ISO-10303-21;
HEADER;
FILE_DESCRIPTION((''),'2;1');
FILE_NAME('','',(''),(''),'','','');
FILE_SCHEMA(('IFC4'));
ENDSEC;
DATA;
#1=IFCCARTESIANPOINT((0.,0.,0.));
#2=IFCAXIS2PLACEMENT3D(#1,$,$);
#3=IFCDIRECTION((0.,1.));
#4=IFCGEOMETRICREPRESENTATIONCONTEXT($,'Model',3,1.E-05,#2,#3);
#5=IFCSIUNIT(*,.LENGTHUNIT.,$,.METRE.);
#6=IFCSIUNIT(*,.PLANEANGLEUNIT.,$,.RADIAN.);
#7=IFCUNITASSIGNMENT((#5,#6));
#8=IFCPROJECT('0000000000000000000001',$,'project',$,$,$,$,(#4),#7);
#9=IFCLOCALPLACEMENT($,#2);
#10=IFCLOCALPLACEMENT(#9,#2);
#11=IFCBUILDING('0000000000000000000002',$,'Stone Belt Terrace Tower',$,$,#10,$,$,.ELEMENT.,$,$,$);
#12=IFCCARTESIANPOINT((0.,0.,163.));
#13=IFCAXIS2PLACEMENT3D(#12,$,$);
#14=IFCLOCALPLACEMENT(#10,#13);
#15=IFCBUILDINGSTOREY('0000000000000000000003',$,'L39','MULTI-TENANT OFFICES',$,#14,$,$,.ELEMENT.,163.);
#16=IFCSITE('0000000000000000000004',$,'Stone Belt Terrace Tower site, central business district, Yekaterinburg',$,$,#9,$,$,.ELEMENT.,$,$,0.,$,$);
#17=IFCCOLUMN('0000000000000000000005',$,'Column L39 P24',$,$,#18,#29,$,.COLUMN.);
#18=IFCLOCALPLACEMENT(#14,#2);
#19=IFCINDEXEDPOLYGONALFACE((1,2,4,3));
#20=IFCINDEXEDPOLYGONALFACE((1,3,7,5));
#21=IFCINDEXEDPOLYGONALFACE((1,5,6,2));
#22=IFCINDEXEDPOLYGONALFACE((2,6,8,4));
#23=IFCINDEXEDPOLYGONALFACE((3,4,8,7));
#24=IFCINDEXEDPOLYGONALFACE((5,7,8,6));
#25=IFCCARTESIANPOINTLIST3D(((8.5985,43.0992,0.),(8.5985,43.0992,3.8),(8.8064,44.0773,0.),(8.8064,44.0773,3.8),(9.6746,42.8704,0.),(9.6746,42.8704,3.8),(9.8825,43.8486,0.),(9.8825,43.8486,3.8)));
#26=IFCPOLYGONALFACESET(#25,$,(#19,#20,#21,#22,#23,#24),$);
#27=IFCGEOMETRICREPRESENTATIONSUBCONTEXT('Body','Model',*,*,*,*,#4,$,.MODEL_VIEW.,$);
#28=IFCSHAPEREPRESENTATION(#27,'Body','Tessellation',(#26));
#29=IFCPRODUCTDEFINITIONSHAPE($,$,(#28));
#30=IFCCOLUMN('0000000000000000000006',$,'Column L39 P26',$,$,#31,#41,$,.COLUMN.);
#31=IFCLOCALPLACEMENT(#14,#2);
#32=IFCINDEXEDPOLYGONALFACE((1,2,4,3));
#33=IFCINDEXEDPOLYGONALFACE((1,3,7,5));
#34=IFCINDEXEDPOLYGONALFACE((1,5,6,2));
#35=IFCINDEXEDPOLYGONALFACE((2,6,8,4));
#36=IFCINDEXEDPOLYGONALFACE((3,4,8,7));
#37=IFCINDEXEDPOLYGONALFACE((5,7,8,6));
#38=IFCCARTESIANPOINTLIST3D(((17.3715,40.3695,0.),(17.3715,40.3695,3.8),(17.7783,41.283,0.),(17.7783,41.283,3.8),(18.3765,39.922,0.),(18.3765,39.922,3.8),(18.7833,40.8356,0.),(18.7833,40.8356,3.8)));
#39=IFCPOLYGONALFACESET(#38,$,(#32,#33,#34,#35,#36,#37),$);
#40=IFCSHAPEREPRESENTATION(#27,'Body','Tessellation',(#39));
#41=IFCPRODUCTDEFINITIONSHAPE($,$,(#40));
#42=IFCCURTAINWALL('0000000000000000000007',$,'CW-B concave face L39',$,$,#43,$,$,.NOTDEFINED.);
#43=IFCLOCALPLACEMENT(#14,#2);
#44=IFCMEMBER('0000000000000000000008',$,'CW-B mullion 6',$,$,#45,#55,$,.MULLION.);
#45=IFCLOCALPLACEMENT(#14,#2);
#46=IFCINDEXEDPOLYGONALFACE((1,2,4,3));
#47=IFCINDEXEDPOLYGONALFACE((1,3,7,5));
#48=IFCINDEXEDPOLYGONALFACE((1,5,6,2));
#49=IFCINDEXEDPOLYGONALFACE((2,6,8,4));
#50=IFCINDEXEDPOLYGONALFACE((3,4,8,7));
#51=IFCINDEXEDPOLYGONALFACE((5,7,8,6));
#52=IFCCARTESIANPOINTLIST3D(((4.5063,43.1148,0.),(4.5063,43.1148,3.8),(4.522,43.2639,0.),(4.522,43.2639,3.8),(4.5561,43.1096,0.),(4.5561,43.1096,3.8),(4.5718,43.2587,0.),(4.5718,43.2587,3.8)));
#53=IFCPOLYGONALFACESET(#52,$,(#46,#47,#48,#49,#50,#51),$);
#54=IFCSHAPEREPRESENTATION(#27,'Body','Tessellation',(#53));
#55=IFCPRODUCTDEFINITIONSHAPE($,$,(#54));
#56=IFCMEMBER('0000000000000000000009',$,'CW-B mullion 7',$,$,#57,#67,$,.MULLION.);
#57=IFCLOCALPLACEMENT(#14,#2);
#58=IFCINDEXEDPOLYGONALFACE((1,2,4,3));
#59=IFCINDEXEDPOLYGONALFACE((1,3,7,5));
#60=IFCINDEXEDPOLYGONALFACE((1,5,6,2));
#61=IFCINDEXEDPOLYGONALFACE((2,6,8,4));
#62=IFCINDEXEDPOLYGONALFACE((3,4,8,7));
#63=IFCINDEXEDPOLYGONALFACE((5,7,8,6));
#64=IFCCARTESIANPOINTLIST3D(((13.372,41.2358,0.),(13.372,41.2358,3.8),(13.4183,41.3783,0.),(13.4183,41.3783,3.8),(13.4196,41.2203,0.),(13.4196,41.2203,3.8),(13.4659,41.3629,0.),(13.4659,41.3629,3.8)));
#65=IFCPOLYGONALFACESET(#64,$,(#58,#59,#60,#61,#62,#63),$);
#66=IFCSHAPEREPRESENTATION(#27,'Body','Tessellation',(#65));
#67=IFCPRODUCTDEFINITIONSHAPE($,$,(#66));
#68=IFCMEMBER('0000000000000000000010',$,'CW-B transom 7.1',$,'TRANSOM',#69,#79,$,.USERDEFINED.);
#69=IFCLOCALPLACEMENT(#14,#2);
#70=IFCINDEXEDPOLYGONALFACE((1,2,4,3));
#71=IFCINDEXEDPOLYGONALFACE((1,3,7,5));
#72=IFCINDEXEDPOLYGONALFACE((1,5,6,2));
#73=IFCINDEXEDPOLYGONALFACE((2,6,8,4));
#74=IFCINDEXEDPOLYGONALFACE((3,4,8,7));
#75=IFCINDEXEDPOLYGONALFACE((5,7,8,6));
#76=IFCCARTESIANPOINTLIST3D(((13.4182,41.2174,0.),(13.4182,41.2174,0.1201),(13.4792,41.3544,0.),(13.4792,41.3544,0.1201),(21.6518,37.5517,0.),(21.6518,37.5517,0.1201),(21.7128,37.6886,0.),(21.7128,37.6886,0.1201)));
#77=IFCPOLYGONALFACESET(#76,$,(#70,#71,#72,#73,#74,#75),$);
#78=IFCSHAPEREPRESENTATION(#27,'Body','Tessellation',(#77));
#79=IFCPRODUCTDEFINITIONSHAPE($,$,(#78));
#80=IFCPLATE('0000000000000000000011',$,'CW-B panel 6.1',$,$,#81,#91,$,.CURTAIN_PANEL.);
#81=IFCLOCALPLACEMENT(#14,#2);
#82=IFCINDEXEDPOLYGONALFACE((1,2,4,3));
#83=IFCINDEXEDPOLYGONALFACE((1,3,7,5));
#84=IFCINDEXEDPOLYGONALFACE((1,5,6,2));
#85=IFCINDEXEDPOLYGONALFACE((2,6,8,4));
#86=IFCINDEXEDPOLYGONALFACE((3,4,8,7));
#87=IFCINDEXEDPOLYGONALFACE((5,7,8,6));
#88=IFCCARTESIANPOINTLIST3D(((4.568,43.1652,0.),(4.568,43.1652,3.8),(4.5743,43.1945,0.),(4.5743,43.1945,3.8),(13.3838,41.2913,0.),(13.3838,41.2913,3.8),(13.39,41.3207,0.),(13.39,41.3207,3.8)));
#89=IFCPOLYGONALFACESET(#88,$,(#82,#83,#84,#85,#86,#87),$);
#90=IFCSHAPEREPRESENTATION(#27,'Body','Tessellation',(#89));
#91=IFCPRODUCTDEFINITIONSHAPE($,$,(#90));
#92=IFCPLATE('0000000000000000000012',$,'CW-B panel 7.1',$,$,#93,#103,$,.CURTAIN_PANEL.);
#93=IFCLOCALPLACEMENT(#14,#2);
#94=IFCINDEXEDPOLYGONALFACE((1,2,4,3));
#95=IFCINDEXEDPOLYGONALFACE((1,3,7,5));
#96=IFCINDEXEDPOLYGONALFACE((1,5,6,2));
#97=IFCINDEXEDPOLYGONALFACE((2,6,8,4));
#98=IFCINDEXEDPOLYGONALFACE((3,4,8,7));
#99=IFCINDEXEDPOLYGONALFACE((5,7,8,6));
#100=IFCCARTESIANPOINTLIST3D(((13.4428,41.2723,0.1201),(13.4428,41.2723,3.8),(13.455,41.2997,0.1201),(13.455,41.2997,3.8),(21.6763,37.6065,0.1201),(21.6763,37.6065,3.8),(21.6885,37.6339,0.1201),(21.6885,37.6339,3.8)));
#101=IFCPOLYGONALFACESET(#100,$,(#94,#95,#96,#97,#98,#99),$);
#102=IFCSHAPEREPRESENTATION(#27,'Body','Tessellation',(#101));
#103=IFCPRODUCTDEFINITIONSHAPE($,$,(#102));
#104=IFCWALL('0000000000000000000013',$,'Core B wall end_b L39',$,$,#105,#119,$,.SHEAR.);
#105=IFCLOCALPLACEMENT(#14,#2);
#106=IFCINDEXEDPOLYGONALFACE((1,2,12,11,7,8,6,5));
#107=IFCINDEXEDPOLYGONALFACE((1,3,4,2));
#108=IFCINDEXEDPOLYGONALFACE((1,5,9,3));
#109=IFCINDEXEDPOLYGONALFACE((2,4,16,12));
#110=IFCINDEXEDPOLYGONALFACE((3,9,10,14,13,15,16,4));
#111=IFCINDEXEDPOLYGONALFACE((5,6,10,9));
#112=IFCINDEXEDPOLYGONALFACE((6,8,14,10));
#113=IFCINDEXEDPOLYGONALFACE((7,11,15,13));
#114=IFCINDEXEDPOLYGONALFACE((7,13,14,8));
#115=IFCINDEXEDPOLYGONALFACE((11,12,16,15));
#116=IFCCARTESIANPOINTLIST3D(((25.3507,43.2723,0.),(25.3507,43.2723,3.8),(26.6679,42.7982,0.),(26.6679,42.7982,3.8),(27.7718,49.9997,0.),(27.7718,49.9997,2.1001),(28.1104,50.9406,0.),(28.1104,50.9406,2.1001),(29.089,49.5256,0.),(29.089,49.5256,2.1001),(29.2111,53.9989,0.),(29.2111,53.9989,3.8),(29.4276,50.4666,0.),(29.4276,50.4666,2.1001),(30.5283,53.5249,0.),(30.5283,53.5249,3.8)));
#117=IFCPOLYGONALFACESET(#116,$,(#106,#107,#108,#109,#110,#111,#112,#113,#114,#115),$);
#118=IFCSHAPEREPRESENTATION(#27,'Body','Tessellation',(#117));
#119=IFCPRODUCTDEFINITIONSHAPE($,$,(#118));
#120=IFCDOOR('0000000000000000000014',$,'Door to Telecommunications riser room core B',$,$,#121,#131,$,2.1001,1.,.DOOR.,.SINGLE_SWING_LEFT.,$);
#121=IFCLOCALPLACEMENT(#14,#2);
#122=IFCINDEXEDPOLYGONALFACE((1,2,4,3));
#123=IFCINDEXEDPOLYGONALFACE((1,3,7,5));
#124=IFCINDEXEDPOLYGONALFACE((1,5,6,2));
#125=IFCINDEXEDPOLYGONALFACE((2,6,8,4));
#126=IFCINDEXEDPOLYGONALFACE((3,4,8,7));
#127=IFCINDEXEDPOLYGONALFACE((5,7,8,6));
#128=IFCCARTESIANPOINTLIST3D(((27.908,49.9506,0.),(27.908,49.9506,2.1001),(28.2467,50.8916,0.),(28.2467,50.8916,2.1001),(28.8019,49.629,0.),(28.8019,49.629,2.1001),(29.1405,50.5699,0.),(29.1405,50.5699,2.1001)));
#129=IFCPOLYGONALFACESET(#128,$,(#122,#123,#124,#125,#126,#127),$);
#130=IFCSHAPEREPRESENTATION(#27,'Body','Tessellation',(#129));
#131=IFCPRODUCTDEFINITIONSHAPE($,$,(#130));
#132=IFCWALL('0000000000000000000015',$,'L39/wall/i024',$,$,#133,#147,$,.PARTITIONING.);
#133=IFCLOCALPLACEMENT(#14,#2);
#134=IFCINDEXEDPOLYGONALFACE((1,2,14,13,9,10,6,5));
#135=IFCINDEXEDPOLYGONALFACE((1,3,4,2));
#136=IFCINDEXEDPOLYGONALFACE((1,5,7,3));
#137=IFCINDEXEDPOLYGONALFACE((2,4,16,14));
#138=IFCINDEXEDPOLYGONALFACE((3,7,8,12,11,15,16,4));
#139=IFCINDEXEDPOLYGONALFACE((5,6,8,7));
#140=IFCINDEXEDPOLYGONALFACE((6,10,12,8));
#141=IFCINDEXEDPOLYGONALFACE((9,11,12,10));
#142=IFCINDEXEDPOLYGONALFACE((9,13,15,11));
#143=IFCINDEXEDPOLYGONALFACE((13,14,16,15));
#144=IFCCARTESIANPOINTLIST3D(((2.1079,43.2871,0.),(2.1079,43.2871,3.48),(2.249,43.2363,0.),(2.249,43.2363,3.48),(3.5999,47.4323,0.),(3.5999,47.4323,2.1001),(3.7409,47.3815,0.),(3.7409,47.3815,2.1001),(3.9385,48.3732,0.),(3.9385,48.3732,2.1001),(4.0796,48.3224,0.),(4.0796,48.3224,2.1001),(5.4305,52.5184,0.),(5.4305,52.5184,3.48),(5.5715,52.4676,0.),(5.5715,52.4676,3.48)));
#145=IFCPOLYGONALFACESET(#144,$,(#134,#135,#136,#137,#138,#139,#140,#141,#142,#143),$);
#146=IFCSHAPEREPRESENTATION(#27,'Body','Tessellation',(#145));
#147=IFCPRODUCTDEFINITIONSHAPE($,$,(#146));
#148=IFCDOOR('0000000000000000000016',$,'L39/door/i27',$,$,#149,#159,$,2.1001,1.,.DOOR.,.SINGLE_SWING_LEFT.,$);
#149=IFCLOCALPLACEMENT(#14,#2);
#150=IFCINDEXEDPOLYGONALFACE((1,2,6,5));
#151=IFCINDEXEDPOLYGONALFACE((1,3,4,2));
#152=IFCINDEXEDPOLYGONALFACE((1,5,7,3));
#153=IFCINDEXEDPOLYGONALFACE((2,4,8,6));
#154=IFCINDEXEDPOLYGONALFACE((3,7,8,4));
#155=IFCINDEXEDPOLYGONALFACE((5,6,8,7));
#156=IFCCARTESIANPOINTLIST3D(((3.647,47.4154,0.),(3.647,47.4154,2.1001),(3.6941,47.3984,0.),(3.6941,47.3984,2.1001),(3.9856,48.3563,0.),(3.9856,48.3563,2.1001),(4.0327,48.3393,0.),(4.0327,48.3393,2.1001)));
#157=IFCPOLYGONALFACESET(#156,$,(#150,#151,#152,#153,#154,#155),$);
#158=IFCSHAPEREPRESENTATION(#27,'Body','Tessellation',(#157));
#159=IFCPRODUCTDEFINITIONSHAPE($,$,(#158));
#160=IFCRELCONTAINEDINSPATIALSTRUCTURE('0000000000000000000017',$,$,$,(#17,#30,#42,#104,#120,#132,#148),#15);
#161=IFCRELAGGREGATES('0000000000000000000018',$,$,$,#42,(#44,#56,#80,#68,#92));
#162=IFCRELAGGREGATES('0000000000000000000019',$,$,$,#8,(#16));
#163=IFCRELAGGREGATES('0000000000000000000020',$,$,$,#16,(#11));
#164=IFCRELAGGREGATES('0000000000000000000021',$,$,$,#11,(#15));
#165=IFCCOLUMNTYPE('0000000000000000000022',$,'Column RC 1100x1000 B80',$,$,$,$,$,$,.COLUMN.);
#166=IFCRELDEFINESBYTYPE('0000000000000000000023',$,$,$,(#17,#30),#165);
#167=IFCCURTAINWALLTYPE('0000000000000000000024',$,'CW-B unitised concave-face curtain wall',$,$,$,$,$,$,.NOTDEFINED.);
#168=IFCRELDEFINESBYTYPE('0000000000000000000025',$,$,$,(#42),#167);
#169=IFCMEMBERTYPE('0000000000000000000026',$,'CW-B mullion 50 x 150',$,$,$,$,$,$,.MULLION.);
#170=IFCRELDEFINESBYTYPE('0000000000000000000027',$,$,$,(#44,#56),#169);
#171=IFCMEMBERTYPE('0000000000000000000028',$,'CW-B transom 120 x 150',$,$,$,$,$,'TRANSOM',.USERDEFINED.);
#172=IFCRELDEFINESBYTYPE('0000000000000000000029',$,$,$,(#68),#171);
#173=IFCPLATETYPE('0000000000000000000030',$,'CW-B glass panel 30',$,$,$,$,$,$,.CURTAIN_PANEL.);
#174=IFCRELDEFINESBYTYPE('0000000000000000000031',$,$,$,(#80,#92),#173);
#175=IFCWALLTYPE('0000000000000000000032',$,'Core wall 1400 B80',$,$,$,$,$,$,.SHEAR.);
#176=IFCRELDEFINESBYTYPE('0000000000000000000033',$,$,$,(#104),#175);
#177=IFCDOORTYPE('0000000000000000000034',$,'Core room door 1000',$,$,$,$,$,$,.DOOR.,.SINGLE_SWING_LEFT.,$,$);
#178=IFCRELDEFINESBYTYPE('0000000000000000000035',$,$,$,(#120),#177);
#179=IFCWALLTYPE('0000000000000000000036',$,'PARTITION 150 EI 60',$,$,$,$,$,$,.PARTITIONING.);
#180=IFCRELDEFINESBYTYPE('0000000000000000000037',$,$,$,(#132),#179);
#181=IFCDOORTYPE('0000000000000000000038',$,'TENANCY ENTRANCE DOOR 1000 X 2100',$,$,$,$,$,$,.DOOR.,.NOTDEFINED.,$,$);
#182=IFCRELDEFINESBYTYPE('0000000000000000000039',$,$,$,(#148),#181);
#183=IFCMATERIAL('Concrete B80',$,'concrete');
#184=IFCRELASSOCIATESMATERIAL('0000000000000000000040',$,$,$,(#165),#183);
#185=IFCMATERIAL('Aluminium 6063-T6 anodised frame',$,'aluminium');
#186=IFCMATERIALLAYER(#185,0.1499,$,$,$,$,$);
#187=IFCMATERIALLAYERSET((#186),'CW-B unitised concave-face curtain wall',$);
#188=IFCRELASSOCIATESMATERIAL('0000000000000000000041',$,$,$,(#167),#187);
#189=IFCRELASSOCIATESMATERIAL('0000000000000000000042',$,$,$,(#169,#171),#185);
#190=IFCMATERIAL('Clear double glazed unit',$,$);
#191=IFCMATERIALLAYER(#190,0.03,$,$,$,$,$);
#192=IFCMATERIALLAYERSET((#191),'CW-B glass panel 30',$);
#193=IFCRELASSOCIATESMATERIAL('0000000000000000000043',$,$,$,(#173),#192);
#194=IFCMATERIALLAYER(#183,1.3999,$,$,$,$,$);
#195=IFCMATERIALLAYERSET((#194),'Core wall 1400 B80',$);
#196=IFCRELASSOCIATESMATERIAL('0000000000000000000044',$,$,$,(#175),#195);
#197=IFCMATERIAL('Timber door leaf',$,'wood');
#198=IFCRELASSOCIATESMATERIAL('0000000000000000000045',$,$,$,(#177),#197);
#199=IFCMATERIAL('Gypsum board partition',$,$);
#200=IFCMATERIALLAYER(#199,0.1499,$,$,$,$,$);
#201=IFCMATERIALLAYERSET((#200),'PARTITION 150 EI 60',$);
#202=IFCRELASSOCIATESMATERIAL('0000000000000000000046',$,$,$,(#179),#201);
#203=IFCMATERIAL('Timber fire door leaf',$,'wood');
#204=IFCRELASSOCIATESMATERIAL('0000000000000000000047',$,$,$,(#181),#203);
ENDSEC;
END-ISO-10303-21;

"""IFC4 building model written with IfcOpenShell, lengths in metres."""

from ifc_helpers import new_model, si_unit, direction, frame, frame_2d, origin, origin_2d, place, context, subcontext, project, spatial, rectangle, extrude, material, layer, layer_set, material_profile, profile_set, type_object, element, fill, aggregate, save


model = new_model("IFC4")

# Units and contexts
model_context = context("Model", 3, precision=1e-05, world=origin(), true_north=direction((0.0, 1.0)))
body_context = subcontext(model_context, "Body", "Model", "MODEL_VIEW")
ifc_project = project(units=[si_unit("LENGTHUNIT", "METRE"), si_unit("PLANEANGLEUNIT", "RADIAN")], contexts=[model_context])

# Site, building, storey
site_placement = place(None, origin())
site = spatial("IfcSite", under=ifc_project, at=site_placement, Name="Stone Belt Terrace Tower site, central business district, Yekaterinburg", CompositionType="ELEMENT", RefElevation=0.0)
building_placement = place(site_placement, origin())
building = spatial("IfcBuilding", under=site, at=building_placement, Name="Stone Belt Terrace Tower", CompositionType="ELEMENT")
storey_placement = place(building_placement, frame((0.0, 0.0, 163.0)))
storey = spatial("IfcBuildingStorey", under=building, at=storey_placement, Name="L39", Description="MULTI-TENANT OFFICES", CompositionType="ELEMENT", Elevation=163.0)

# Columns
ifc_material_1 = material(Name="Concrete B80", Category="concrete")
ifc_material_profile_1 = material_profile(ifc_material_1, rectangle(XDim=1.1001, YDim=1.0, at=origin_2d()), Name="RC 1100x1000")
ifc_profile_set_1 = profile_set([ifc_material_profile_1], Name="Concrete B80")
column_type = type_object("IfcColumnType", Name="Column RC 1100x1000 B80", PredefinedType="COLUMN", material=ifc_profile_set_1)
for number, where, z_axis, x_axis, name in (
    (1, (9.2405, 43.4739, 0.0), (0.0, 0.0, 1.0), (0.978148, -0.207912, 0.0), "Column L39 P24"),
    (2, (18.0774, 40.6025, 0.0), (0.0, 0.0, 1.0), (0.913545, -0.406737, 0.0), "Column L39 P26"),
):
    element("IfcColumn", number, at=place(storey_placement, frame(where, z_axis=z_axis, x_axis=x_axis)), inside=storey, type_object=column_type, Name=name, PredefinedType="COLUMN", context=body_context, shape_type="SweptSolid", body=[
        extrude(rectangle(XDim=1.1001, YDim=1.0, at=origin_2d()), origin(), (0.0, 0.0, 1.0), 3.8),
    ])

# Curtain wall, members, plates
ifc_material_2 = material(Name="Aluminium 6063-T6 anodised frame", Category="aluminium")
ifc_layer_1 = layer(ifc_material_2, 0.1499)
ifc_layer_set_1 = layer_set([ifc_layer_1], Name="CW-B unitised concave-face curtain wall")
curtain_wall_type = type_object("IfcCurtainWallType", Name="CW-B unitised concave-face curtain wall", PredefinedType="NOTDEFINED", material=ifc_layer_set_1)
curtain_wall_placement = place(storey_placement, origin())
curtain_wall = element("IfcCurtainWall", 3, at=curtain_wall_placement, inside=storey, type_object=curtain_wall_type, Name="CW-B concave face L39", PredefinedType="NOTDEFINED")
ifc_material_profile_2 = material_profile(ifc_material_2, rectangle(XDim=0.1499, YDim=0.05, at=origin_2d()), Name="Aluminium 6063-T6 50x150")
ifc_profile_set_2 = profile_set([ifc_material_profile_2], Name="Aluminium 6063-T6 anodised frame")
member_type_1 = type_object("IfcMemberType", Name="CW-B mullion 50 x 150", PredefinedType="MULLION", material=ifc_profile_set_2)
member_1_placement = place(storey_placement, frame((4.5391, 43.1868, 0.0), z_axis=(0.0, 0.0, 1.0), x_axis=(0.104528, 0.994522, 0.0)))
member_1 = element("IfcMember", 4, at=member_1_placement, type_object=member_type_1, Name="CW-B mullion 6", PredefinedType="MULLION", context=body_context, shape_type="SweptSolid", body=[
    extrude(rectangle(XDim=0.1499, YDim=0.05, at=origin_2d()), origin(), (0.0, 0.0, 1.0), 3.8),
])
member_2_placement = place(storey_placement, frame((13.4189, 41.2993, 0.0), z_axis=(0.0, 0.0, 1.0), x_axis=(0.309017, 0.951057, 0.0)))
member_2 = element("IfcMember", 5, at=member_2_placement, type_object=member_type_1, Name="CW-B mullion 7", PredefinedType="MULLION", context=body_context, shape_type="SweptSolid", body=[
    extrude(rectangle(XDim=0.1499, YDim=0.05, at=origin_2d()), origin(), (0.0, 0.0, 1.0), 3.8),
])
ifc_material_profile_3 = material_profile(ifc_material_2, rectangle(XDim=0.1499, YDim=0.1201, at=origin_2d()), Name="Aluminium 6063-T6 150x120")
ifc_profile_set_3 = profile_set([ifc_material_profile_3], Name="Aluminium 6063-T6 anodised frame")
member_type_2 = type_object("IfcMemberType", Name="CW-B transom 120 x 150", ElementType="TRANSOM", PredefinedType="USERDEFINED", material=ifc_profile_set_3)
member_3_placement = place(storey_placement, frame((13.4487, 41.2859, 0.0601), z_axis=(0.913549, -0.406729, 0.0), x_axis=(0.406729, 0.913549, 0.0)))
member_3 = element("IfcMember", 6, at=member_3_placement, type_object=member_type_2, Name="CW-B transom 7.1", ObjectType="TRANSOM", PredefinedType="USERDEFINED", context=body_context, shape_type="SweptSolid", body=[
    extrude(rectangle(XDim=0.1499, YDim=0.1201, at=origin_2d()), origin(), (0.0, 0.0, 1.0), 9.0127),
])
ifc_material_3 = material(Name="Clear double glazed unit")
ifc_layer_2 = layer(ifc_material_3, 0.03)
ifc_layer_set_2 = layer_set([ifc_layer_2], Name="CW-B glass panel 30")
plate_type = type_object("IfcPlateType", Name="CW-B glass panel 30", PredefinedType="CURTAIN_PANEL", material=ifc_layer_set_2)
plate_1_placement = place(storey_placement, frame((8.979, 42.2429, 0.0), z_axis=(0.0, 0.0, 1.0), x_axis=(0.978148, -0.207912, 0.0)))
plate_1 = element("IfcPlate", 7, at=plate_1_placement, type_object=plate_type, Name="CW-B panel 6.1", PredefinedType="CURTAIN_PANEL", context=body_context, shape_type="SweptSolid", body=[
    extrude(rectangle(XDim=9.0127, YDim=0.03, at=origin_2d()), origin(), (0.0, 0.0, 1.0), 3.8),
])
plate_2_placement = place(storey_placement, frame((17.5657, 39.4531, 0.1201), z_axis=(0.0, 0.0, 1.0), x_axis=(0.913545, -0.406737, 0.0)))
plate_2 = element("IfcPlate", 8, at=plate_2_placement, type_object=plate_type, Name="CW-B panel 7.1", PredefinedType="CURTAIN_PANEL", context=body_context, shape_type="SweptSolid", body=[
    extrude(rectangle(XDim=9.0127, YDim=0.03, at=origin_2d()), origin(), (0.0, 0.0, 1.0), 3.6799),
])
aggregate(curtain_wall, [member_1, member_2, plate_1, member_3, plate_2])

# Walls, openings, doors
ifc_layer_3 = layer(ifc_material_1, 1.3999)
ifc_layer_set_3 = layer_set([ifc_layer_3], Name="Core wall 1400 B80")
wall_type_1 = type_object("IfcWallType", Name="Core wall 1400 B80", PredefinedType="SHEAR", material=ifc_layer_set_3)
wall_1_placement = place(storey_placement, frame((26.0093, 43.0352, 0.0), z_axis=(0.0, 0.0, 1.0), x_axis=(0.338625, 0.940921, 0.0)))
wall_1 = element("IfcWall", 9, at=wall_1_placement, inside=storey, type_object=wall_type_1, Name="Core B wall end_b L39", PredefinedType="SHEAR", context=body_context, shape_type="SweptSolid", body=[
    extrude(rectangle(XDim=11.4001, YDim=1.3999, at=frame_2d((5.7002, 0.0))), origin(), (0.0, 0.0, 1.0), 3.8),
])
opening_1_placement = place(wall_1_placement, frame((7.1499, 0.0, 0.0)))
opening_1 = element("IfcOpeningElement", 10, at=opening_1_placement, cuts=wall_1, PredefinedType="OPENING", context=body_context, shape_type="SweptSolid", body=[
    extrude(rectangle(XDim=1.0, YDim=2.1001, at=frame_2d((0.5, 1.05))), frame((0.0, 0.71, 0.0), z_axis=(0.0, -1.0, 0.0), x_axis=(1.0, 0.0, 0.0)), (0.0, 0.0, 1.0), 1.4199),
])
ifc_material_4 = material(Name="Timber door leaf", Category="wood")
door_type_1 = type_object("IfcDoorType", Name="Core room door 1000", OperationType="SINGLE_SWING_LEFT", PredefinedType="DOOR", material=ifc_material_4)
door_1_placement = place(opening_1_placement, origin())
door_1 = element("IfcDoor", 11, at=door_1_placement, inside=storey, type_object=door_type_1, Name="Door to Telecommunications riser room core B", OperationType="SINGLE_SWING_LEFT", OverallHeight=2.1001, OverallWidth=1.0, PredefinedType="DOOR", context=body_context, shape_type="SweptSolid", body=[
    extrude(rectangle(XDim=1.0, YDim=2.1001, at=frame_2d((0.5, 1.05))), frame((0.0, 0.5552, 0.0), z_axis=(0.0, -1.0, 0.0), x_axis=(1.0, 0.0, 0.0)), (0.0, 0.0, 1.0), 0.95),
])
fill(opening_1, door_1)
ifc_material_5 = material(Name="Gypsum board partition")
ifc_layer_4 = layer(ifc_material_5, 0.1499)
ifc_layer_set_4 = layer_set([ifc_layer_4], Name="PARTITION 150 EI 60")
wall_type_2 = type_object("IfcWallType", Name="PARTITION 150 EI 60", PredefinedType="PARTITIONING", material=ifc_layer_set_4)
wall_2_placement = place(storey_placement, frame((2.1785, 43.2617, 0.0), z_axis=(0.0, 0.0, 1.0), x_axis=(0.338654, 0.940911, 0.0)))
wall_2 = element("IfcWall", 12, at=wall_2_placement, inside=storey, type_object=wall_type_2, Name="L39/wall/i024", PredefinedType="PARTITIONING", context=body_context, shape_type="SweptSolid", body=[
    extrude(rectangle(XDim=9.811, YDim=0.1499, at=frame_2d((4.9055, 0.0))), origin(), (0.0, 0.0, 1.0), 3.48),
])
opening_2_placement = place(wall_2_placement, frame((4.4055, 0.0, 0.0)))
opening_2 = element("IfcOpeningElement", 13, at=opening_2_placement, cuts=wall_2, PredefinedType="OPENING", context=body_context, shape_type="SweptSolid", body=[
    extrude(rectangle(XDim=1.0, YDim=2.1001, at=frame_2d((0.5, 1.05))), frame((0.0, 0.085, 0.0), z_axis=(0.0, -1.0, 0.0), x_axis=(1.0, 0.0, 0.0)), (0.0, 0.0, 1.0), 0.1699),
])
ifc_material_6 = material(Name="Timber fire door leaf", Category="wood")
door_type_2 = type_object("IfcDoorType", Name="TENANCY ENTRANCE DOOR 1000 X 2100", OperationType="NOTDEFINED", PredefinedType="DOOR", material=ifc_material_6)
door_2_placement = place(opening_2_placement, origin())
door_2 = element("IfcDoor", 14, at=door_2_placement, inside=storey, type_object=door_type_2, Name="L39/door/i27", OperationType="SINGLE_SWING_LEFT", OverallHeight=2.1001, OverallWidth=1.0, PredefinedType="DOOR", context=body_context, shape_type="SweptSolid", body=[
    extrude(rectangle(XDim=1.0, YDim=2.1001, at=frame_2d((0.5, 1.05))), frame((0.0, 0.0249, 0.0), z_axis=(0.0, -1.0, 0.0), x_axis=(1.0, 0.0, 0.0)), (0.0, 0.0, 1.0), 0.05),
])
fill(opening_2, door_2)

save(model, "model.ifc")
